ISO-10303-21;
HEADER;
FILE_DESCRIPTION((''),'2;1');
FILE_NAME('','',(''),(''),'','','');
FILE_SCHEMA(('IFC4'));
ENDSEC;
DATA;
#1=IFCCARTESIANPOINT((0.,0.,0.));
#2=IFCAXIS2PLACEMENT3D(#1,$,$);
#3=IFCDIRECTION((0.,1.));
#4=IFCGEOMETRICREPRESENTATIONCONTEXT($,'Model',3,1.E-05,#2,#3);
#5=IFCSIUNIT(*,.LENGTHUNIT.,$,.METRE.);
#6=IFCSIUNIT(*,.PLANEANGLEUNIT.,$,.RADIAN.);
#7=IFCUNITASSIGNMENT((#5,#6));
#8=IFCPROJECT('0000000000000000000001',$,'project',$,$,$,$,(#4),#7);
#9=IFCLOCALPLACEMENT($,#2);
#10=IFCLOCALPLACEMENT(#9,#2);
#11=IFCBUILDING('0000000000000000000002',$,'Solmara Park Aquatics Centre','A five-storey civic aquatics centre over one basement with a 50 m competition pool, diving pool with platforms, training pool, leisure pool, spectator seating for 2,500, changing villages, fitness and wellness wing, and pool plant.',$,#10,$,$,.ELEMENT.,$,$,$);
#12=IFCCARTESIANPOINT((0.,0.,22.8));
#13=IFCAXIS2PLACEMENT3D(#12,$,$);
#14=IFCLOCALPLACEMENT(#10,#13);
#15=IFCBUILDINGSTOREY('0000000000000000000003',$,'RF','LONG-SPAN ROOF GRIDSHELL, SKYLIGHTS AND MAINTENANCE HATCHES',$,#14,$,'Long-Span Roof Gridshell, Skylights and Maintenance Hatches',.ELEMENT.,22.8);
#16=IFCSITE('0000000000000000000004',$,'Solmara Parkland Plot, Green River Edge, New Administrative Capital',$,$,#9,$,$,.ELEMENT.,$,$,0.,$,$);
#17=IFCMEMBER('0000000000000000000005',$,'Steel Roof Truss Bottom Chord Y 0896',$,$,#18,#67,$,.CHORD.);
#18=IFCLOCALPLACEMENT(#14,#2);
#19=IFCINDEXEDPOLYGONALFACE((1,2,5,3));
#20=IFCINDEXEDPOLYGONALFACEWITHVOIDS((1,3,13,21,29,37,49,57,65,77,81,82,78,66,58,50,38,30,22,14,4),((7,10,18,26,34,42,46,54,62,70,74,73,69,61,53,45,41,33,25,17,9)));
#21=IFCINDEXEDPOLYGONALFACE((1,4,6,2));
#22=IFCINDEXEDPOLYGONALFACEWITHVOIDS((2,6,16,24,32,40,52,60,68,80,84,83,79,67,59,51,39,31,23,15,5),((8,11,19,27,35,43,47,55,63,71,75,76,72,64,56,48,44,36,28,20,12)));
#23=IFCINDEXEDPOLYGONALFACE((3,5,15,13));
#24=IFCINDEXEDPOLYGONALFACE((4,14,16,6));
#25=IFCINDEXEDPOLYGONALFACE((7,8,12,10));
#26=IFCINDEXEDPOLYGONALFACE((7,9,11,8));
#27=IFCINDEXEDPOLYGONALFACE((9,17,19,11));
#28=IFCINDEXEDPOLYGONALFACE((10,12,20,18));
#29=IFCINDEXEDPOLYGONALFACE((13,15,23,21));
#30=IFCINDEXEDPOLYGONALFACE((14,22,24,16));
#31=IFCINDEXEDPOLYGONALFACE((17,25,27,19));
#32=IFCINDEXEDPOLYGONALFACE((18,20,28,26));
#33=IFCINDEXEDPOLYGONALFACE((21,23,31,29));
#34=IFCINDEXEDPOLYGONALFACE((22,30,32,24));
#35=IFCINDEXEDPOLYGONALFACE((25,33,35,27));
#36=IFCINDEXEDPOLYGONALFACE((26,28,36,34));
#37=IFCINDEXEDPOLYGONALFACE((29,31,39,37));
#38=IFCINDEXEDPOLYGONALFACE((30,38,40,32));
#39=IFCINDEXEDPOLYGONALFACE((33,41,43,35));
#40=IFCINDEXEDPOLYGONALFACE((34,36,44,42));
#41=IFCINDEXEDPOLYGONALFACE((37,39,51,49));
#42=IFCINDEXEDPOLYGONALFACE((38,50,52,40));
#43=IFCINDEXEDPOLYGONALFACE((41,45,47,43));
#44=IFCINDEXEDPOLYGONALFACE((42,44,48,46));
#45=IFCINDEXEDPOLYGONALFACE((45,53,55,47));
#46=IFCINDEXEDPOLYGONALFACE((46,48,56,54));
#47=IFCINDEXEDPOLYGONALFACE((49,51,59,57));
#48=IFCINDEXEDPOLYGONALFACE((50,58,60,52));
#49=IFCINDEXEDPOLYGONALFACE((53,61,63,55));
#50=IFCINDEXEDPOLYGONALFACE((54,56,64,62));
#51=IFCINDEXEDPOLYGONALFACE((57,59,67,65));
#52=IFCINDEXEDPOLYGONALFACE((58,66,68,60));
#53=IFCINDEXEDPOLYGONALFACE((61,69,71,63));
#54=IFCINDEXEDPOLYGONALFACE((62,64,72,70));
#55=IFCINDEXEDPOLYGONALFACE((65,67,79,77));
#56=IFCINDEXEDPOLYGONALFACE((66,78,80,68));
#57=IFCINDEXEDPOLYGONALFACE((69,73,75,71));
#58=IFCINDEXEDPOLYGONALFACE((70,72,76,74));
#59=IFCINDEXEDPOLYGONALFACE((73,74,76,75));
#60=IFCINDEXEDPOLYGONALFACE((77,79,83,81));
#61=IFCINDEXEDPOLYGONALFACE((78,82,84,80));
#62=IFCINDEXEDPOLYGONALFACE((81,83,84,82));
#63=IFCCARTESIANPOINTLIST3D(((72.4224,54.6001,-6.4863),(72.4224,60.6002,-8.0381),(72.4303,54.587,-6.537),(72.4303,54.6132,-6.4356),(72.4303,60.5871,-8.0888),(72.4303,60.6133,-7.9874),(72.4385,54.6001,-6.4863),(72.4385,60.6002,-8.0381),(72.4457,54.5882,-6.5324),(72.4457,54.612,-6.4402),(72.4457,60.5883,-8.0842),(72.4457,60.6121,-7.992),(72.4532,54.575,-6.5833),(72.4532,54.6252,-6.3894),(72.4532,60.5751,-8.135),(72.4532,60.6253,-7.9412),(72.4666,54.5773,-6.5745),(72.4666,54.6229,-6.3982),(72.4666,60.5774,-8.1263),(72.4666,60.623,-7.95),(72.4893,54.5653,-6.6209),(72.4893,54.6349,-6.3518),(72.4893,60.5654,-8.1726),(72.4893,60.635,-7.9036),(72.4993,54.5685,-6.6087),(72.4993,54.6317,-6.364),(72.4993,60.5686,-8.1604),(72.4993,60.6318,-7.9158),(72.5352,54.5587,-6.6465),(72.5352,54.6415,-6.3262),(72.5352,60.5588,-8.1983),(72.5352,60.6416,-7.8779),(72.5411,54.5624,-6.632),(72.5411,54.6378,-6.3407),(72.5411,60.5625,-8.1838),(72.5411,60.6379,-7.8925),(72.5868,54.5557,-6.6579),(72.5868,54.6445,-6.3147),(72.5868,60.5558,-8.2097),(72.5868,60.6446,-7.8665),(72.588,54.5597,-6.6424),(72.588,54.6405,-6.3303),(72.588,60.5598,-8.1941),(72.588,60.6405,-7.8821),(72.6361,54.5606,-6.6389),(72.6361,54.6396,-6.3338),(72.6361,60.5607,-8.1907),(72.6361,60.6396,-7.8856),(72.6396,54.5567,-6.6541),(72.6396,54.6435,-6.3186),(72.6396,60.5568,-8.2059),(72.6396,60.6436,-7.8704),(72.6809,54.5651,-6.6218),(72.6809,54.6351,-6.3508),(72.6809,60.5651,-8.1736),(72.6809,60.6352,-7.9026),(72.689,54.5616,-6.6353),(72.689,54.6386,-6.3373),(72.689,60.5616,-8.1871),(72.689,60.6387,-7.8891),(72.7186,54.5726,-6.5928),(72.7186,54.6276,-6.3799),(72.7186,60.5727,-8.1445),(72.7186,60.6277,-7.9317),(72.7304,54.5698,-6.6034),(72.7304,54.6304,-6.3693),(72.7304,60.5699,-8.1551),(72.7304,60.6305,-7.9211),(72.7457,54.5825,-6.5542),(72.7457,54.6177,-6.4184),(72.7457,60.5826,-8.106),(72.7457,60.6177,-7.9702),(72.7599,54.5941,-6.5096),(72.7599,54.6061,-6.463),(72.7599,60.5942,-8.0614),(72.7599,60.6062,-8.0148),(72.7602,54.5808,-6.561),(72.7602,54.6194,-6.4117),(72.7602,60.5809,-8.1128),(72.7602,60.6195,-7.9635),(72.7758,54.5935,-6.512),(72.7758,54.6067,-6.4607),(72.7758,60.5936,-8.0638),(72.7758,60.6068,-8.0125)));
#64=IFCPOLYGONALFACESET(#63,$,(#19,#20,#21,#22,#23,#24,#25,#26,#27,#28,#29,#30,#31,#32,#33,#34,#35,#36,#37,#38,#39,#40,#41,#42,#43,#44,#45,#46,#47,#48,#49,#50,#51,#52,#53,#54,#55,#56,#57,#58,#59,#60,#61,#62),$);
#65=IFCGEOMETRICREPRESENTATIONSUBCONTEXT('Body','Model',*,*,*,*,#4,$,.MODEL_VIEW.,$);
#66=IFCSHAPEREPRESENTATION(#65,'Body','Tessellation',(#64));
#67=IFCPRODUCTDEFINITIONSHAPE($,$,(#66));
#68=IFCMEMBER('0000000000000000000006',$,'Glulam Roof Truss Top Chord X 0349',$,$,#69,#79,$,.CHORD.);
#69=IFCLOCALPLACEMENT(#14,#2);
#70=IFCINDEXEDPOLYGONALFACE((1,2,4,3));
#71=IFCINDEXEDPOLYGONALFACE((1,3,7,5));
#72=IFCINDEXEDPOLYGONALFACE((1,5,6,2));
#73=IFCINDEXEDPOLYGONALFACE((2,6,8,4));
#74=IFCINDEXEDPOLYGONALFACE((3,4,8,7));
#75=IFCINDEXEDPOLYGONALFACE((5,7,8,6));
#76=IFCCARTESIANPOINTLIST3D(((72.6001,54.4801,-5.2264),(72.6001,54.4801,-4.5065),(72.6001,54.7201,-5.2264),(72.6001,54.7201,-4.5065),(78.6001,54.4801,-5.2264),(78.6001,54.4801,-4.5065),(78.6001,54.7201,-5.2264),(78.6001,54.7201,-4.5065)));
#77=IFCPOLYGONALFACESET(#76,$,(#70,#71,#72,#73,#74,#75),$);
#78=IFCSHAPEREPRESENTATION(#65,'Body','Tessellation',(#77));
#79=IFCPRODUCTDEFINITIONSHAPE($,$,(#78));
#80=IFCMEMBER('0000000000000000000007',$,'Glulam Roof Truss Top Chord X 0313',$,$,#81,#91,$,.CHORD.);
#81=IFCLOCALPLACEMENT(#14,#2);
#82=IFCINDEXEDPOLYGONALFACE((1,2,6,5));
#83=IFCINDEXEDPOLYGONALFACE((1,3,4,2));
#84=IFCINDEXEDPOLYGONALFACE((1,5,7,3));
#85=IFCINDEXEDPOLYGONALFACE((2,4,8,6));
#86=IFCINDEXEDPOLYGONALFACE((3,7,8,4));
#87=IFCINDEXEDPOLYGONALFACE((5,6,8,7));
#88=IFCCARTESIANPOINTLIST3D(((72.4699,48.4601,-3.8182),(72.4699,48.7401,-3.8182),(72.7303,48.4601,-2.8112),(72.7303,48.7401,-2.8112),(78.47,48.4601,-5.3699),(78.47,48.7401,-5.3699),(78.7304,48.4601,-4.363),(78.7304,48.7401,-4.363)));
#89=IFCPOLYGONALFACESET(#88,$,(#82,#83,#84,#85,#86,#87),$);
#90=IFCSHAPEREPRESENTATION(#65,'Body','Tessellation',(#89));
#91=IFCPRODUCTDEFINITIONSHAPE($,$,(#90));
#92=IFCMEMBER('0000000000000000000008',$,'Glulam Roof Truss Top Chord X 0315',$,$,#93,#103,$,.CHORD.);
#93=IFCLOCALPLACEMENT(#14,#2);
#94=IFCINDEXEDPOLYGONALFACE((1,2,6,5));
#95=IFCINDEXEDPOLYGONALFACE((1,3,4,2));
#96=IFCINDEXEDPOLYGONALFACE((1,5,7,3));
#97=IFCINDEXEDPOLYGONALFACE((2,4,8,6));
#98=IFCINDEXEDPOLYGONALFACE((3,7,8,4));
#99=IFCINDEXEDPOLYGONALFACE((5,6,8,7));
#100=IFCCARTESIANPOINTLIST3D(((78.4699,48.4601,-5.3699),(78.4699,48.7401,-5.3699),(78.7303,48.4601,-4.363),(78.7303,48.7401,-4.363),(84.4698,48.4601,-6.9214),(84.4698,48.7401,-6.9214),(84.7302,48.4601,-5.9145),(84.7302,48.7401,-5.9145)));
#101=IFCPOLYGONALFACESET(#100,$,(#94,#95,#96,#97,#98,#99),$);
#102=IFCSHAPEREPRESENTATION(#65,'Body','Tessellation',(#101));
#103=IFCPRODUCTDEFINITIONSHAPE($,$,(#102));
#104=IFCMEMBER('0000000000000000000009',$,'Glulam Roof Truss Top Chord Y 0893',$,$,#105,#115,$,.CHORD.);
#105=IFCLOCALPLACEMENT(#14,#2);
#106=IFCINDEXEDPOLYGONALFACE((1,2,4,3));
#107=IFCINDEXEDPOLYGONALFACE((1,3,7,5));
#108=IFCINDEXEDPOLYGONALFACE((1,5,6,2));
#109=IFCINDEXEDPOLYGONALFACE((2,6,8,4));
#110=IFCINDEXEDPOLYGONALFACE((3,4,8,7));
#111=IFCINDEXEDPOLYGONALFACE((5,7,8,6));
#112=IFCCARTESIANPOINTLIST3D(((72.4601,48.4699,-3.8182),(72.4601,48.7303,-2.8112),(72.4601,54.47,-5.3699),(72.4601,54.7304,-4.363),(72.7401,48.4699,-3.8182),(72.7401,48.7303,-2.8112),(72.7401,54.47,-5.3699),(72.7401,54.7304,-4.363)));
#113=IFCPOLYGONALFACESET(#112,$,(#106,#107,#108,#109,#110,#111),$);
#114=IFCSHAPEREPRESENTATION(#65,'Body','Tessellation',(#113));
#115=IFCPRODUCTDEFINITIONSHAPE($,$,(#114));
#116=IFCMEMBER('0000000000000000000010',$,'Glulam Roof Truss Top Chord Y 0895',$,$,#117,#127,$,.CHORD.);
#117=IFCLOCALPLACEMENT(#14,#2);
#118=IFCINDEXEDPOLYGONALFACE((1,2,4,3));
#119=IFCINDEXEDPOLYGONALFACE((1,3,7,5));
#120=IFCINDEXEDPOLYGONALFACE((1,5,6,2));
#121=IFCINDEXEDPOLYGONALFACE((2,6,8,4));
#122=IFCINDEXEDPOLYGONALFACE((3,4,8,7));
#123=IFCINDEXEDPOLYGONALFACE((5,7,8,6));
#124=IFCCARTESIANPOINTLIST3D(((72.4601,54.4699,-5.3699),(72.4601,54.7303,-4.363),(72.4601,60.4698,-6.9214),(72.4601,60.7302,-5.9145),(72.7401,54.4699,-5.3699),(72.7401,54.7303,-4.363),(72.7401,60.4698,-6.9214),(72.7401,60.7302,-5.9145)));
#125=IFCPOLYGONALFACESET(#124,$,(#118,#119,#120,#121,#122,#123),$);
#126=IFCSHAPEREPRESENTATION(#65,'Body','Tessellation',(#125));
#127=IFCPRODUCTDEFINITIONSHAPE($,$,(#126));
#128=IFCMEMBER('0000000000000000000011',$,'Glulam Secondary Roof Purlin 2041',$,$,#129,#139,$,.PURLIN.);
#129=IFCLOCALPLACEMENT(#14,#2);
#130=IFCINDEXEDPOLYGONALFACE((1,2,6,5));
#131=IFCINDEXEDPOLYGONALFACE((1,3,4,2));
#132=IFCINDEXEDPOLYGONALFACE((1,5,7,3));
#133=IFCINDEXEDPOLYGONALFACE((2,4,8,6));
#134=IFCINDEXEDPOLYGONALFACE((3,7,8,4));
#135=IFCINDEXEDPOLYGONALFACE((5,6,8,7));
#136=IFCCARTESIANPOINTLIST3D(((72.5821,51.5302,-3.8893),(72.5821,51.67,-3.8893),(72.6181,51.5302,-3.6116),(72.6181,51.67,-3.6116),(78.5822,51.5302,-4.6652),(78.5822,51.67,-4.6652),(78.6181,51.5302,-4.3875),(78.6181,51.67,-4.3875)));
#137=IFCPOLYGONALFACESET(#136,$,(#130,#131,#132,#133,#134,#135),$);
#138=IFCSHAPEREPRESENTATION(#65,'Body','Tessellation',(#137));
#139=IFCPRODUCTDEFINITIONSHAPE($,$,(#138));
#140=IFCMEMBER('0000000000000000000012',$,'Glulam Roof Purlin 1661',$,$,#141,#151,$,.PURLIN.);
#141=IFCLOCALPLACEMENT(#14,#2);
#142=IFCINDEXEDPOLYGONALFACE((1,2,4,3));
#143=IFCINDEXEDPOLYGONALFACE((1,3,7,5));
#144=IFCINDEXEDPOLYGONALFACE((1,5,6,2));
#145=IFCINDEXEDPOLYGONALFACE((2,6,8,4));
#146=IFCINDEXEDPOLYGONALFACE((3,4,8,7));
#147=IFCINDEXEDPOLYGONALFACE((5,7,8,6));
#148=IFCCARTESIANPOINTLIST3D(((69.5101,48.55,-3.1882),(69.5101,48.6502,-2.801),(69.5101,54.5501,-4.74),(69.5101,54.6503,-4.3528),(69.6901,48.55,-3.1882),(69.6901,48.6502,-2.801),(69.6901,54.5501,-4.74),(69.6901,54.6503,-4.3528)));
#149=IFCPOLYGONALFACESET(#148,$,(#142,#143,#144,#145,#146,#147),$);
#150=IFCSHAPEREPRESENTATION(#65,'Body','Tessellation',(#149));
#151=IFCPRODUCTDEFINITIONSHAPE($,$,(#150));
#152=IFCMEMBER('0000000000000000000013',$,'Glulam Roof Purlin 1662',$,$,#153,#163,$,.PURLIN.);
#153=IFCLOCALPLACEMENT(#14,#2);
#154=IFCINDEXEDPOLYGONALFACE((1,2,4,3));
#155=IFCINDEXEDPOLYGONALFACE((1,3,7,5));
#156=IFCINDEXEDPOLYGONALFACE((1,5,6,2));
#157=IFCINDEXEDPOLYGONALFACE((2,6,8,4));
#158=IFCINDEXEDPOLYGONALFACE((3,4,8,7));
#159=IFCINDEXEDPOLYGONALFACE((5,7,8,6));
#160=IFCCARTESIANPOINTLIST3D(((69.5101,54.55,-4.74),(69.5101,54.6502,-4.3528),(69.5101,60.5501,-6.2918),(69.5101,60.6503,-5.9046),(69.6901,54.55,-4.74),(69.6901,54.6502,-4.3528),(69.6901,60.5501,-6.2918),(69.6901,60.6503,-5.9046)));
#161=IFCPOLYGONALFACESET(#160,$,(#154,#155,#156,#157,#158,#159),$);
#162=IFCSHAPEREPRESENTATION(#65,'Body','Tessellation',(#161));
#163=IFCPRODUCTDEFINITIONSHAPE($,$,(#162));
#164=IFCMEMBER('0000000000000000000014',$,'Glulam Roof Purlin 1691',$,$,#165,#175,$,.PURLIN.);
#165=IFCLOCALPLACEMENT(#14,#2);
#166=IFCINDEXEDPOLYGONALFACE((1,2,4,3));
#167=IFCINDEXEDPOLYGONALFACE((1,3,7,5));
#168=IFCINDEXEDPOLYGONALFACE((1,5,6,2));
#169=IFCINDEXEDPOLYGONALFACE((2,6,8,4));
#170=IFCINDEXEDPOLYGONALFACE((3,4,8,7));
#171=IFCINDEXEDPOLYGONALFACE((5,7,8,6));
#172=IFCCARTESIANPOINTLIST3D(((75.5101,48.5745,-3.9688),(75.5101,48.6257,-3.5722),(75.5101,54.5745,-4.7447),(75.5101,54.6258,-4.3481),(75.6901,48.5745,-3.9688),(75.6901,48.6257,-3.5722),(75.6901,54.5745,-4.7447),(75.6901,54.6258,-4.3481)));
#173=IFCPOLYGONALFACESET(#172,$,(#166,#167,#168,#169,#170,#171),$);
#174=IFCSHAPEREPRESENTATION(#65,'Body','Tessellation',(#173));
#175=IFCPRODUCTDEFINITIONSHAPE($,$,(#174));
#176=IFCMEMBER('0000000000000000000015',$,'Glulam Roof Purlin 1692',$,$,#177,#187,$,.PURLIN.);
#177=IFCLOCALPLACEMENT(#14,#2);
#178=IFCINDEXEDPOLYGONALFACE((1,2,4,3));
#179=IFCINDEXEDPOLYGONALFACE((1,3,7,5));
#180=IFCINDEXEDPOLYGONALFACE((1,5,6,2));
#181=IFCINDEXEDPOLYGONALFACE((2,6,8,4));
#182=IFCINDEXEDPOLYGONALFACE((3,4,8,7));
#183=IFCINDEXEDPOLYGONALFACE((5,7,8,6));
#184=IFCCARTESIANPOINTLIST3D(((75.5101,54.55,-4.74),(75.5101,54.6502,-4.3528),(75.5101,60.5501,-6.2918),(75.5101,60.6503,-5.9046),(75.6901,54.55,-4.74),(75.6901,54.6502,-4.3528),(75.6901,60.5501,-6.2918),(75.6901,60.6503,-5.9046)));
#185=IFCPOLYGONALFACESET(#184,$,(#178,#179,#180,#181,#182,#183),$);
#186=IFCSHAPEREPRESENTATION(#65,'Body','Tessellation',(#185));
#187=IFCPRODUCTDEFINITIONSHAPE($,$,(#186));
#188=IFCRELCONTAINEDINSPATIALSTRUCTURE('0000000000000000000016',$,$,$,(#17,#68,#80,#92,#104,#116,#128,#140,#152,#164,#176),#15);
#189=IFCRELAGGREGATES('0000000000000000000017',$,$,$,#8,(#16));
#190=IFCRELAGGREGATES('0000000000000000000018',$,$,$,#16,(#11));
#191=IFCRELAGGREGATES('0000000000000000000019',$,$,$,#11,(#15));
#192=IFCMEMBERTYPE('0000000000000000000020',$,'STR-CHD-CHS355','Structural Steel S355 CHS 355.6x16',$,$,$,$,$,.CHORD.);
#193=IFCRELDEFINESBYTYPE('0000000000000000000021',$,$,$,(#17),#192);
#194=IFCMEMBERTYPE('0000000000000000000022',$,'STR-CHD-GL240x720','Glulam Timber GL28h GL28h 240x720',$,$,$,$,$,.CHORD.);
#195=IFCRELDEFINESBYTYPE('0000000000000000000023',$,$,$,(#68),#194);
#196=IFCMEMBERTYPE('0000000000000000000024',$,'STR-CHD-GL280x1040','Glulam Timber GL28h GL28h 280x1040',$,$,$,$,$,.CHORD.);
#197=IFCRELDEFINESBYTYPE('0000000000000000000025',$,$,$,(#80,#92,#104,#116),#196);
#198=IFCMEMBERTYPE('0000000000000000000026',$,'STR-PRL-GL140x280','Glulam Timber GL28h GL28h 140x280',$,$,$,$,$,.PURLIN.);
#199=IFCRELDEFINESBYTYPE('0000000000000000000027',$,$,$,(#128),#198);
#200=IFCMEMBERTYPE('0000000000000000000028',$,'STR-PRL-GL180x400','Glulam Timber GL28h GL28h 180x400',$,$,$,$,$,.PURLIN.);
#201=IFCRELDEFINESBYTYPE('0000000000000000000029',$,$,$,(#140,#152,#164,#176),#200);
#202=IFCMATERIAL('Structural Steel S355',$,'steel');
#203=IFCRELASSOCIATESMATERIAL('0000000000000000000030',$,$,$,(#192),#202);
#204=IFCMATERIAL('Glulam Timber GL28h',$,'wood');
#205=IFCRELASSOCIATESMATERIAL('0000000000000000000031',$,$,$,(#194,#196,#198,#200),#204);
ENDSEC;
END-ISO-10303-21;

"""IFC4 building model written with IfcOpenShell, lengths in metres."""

from ifc_helpers import new_model, si_unit, direction, frame, origin, origin_2d, place, context, subcontext, project, spatial, rectangle, hollow_circle, extrude, material, material_profile, profile_set, type_object, element, save


model = new_model("IFC4")

# Units and contexts
model_context = context("Model", 3, precision=1e-05, world=origin(), true_north=direction((0.0, 1.0)))
body_context = subcontext(model_context, "Body", "Model", "MODEL_VIEW")
ifc_project = project(units=[si_unit("LENGTHUNIT", "METRE"), si_unit("PLANEANGLEUNIT", "RADIAN")], contexts=[model_context])

# Site, building, storey
site_placement = place(None, origin())
site = spatial("IfcSite", under=ifc_project, at=site_placement, Name="Solmara Parkland Plot, Green River Edge, New Administrative Capital", CompositionType="ELEMENT", RefElevation=0.0)
building_placement = place(site_placement, origin())
building = spatial("IfcBuilding", under=site, at=building_placement, Name="Solmara Park Aquatics Centre", Description="A five-storey civic aquatics centre over one basement with a 50 m competition pool, diving pool with platforms, training pool, leisure pool, spectator seating for 2,500, changing villages, fitness and wellness wing, and pool plant.", CompositionType="ELEMENT")
storey_placement = place(building_placement, frame((0.0, 0.0, 22.8)))
storey = spatial("IfcBuildingStorey", under=building, at=storey_placement, Name="RF", Description="LONG-SPAN ROOF GRIDSHELL, SKYLIGHTS AND MAINTENANCE HATCHES", LongName="Long-Span Roof Gridshell, Skylights and Maintenance Hatches", CompositionType="ELEMENT", Elevation=22.8)

# Members
ifc_material_1 = material(Name="Structural Steel S355", Category="steel")
ifc_material_profile_1 = material_profile(ifc_material_1, hollow_circle(Radius=0.1777, WallThickness=0.0161, at=origin_2d()), Name="CHS 355.6x16")
ifc_profile_set_1 = profile_set([ifc_material_profile_1], Name="Structural Steel S355")
member_type_1 = type_object("IfcMemberType", Name="STR-CHD-CHS355", Description="Structural Steel S355 CHS 355.6x16", PredefinedType="CHORD", material=ifc_profile_set_1)
for number, where, z_axis, x_axis, name in (
    (1, (72.6001, 54.6001, -6.4863), (0.0, 0.968146, -0.250388), (-1.0, 0.0, 0.0), "Steel Roof Truss Bottom Chord Y 0896"),
):
    element("IfcMember", number, at=place(storey_placement, frame(where, z_axis=z_axis, x_axis=x_axis)), inside=storey, type_object=member_type_1, Name=name, PredefinedType="CHORD", context=body_context, shape_type="SweptSolid", body=[
        extrude(hollow_circle(Radius=0.1777, WallThickness=0.0161, at=origin_2d()), origin(), (0.0, 0.0, 1.0), 6.1975),
    ])
ifc_material_2 = material(Name="Glulam Timber GL28h", Category="wood")
ifc_material_profile_2 = material_profile(ifc_material_2, rectangle(XDim=0.24, YDim=0.72, at=origin_2d()), Name="GL28h 240x720")
ifc_profile_set_2 = profile_set([ifc_material_profile_2], Name="Glulam Timber GL28h")
member_type_2 = type_object("IfcMemberType", Name="STR-CHD-GL240x720", Description="Glulam Timber GL28h GL28h 240x720", PredefinedType="CHORD", material=ifc_profile_set_2)
member_1_placement = place(storey_placement, frame((72.6001, 54.6001, -4.8665), z_axis=(1.0, 0.0, 0.0), x_axis=(0.0, 1.0, 0.0)))
element("IfcMember", 2, at=member_1_placement, inside=storey, type_object=member_type_2, Name="Glulam Roof Truss Top Chord X 0349", PredefinedType="CHORD", context=body_context, shape_type="SweptSolid", body=[
    extrude(rectangle(XDim=0.24, YDim=0.72, at=origin_2d()), origin(), (0.0, 0.0, 1.0), 6.0),
])
ifc_material_profile_3 = material_profile(ifc_material_2, rectangle(XDim=0.28, YDim=1.04, at=origin_2d()), Name="GL28h 280x1040")
ifc_profile_set_3 = profile_set([ifc_material_profile_3], Name="Glulam Timber GL28h")
member_type_3 = type_object("IfcMemberType", Name="STR-CHD-GL280x1040", Description="Glulam Timber GL28h GL28h 280x1040", PredefinedType="CHORD", material=ifc_profile_set_3)
member_2_placement = place(storey_placement, frame((72.6001, 48.6001, -3.3147), z_axis=(0.968146, 0.0, -0.250388), x_axis=(0.0, 1.0, 0.0)))
element("IfcMember", 3, at=member_2_placement, inside=storey, type_object=member_type_3, Name="Glulam Roof Truss Top Chord X 0313", PredefinedType="CHORD", context=body_context, shape_type="SweptSolid", body=[
    extrude(rectangle(XDim=0.28, YDim=1.04, at=origin_2d()), origin(), (0.0, 0.0, 1.0), 6.1975),
])
member_3_placement = place(storey_placement, frame((78.6001, 48.6001, -4.8665), z_axis=(0.968155, 0.0, -0.250351), x_axis=(0.0, 1.0, 0.0)))
element("IfcMember", 4, at=member_3_placement, inside=storey, type_object=member_type_3, Name="Glulam Roof Truss Top Chord X 0315", PredefinedType="CHORD", context=body_context, shape_type="SweptSolid", body=[
    extrude(rectangle(XDim=0.28, YDim=1.04, at=origin_2d()), origin(), (0.0, 0.0, 1.0), 6.1973),
])
member_4_placement = place(storey_placement, frame((72.6001, 48.6001, -3.3147), z_axis=(0.0, 0.968146, -0.250388), x_axis=(-1.0, 0.0, 0.0)))
element("IfcMember", 5, at=member_4_placement, inside=storey, type_object=member_type_3, Name="Glulam Roof Truss Top Chord Y 0893", PredefinedType="CHORD", context=body_context, shape_type="SweptSolid", body=[
    extrude(rectangle(XDim=0.28, YDim=1.04, at=origin_2d()), origin(), (0.0, 0.0, 1.0), 6.1975),
])
member_5_placement = place(storey_placement, frame((72.6001, 54.6001, -4.8665), z_axis=(0.0, 0.968155, -0.250351), x_axis=(-1.0, 0.0, 0.0)))
element("IfcMember", 6, at=member_5_placement, inside=storey, type_object=member_type_3, Name="Glulam Roof Truss Top Chord Y 0895", PredefinedType="CHORD", context=body_context, shape_type="SweptSolid", body=[
    extrude(rectangle(XDim=0.28, YDim=1.04, at=origin_2d()), origin(), (0.0, 0.0, 1.0), 6.1973),
])
ifc_material_profile_4 = material_profile(ifc_material_2, rectangle(XDim=0.1399, YDim=0.28, at=origin_2d()), Name="GL28h 140x280")
ifc_profile_set_4 = profile_set([ifc_material_profile_4], Name="Glulam Timber GL28h")
member_type_4 = type_object("IfcMemberType", Name="STR-PRL-GL140x280", Description="Glulam Timber GL28h GL28h 140x280", PredefinedType="PURLIN", material=ifc_profile_set_4)
member_6_placement = place(storey_placement, frame((72.6001, 51.6001, -3.7505), z_axis=(0.991742, 0.0, -0.128245), x_axis=(0.0, 1.0, 0.0)))
element("IfcMember", 7, at=member_6_placement, inside=storey, type_object=member_type_4, Name="Glulam Secondary Roof Purlin 2041", PredefinedType="PURLIN", context=body_context, shape_type="SweptSolid", body=[
    extrude(rectangle(XDim=0.1399, YDim=0.28, at=origin_2d()), origin(), (0.0, 0.0, 1.0), 6.05),
])
ifc_material_profile_5 = material_profile(ifc_material_2, rectangle(XDim=0.1799, YDim=0.3999, at=origin_2d()), Name="GL28h 180x400")
ifc_profile_set_5 = profile_set([ifc_material_profile_5], Name="Glulam Timber GL28h")
member_type_5 = type_object("IfcMemberType", Name="STR-PRL-GL180x400", Description="Glulam Timber GL28h GL28h 180x400", PredefinedType="PURLIN", material=ifc_profile_set_5)
for number, where, z_axis, x_axis, name in (
    (8, (69.6001, 48.6001, -2.9946), (0.0, 0.968146, -0.250388), (-1.0, 0.0, 0.0), "Glulam Roof Purlin 1661"),
    (9, (69.6001, 54.6001, -4.5464), (0.0, 0.968146, -0.250388), (-1.0, 0.0, 0.0), "Glulam Roof Purlin 1662"),
):
    element("IfcMember", number, at=place(storey_placement, frame(where, z_axis=z_axis, x_axis=x_axis)), inside=storey, type_object=member_type_5, Name=name, PredefinedType="PURLIN", context=body_context, shape_type="SweptSolid", body=[
        extrude(rectangle(XDim=0.1799, YDim=0.3999, at=origin_2d()), origin(), (0.0, 0.0, 1.0), 6.1975),
    ])
member_7_placement = place(storey_placement, frame((75.6001, 48.6001, -3.7705), z_axis=(0.0, 0.991742, -0.128245), x_axis=(-1.0, 0.0, 0.0)))
element("IfcMember", 10, at=member_7_placement, inside=storey, type_object=member_type_5, Name="Glulam Roof Purlin 1691", PredefinedType="PURLIN", context=body_context, shape_type="SweptSolid", body=[
    extrude(rectangle(XDim=0.1799, YDim=0.3999, at=origin_2d()), origin(), (0.0, 0.0, 1.0), 6.05),
])
member_8_placement = place(storey_placement, frame((75.6001, 54.6001, -4.5464), z_axis=(0.0, 0.968146, -0.250388), x_axis=(-1.0, 0.0, 0.0)))
element("IfcMember", 11, at=member_8_placement, inside=storey, type_object=member_type_5, Name="Glulam Roof Purlin 1692", PredefinedType="PURLIN", context=body_context, shape_type="SweptSolid", body=[
    extrude(rectangle(XDim=0.1799, YDim=0.3999, at=origin_2d()), origin(), (0.0, 0.0, 1.0), 6.1975),
])

save(model, "model.ifc")
